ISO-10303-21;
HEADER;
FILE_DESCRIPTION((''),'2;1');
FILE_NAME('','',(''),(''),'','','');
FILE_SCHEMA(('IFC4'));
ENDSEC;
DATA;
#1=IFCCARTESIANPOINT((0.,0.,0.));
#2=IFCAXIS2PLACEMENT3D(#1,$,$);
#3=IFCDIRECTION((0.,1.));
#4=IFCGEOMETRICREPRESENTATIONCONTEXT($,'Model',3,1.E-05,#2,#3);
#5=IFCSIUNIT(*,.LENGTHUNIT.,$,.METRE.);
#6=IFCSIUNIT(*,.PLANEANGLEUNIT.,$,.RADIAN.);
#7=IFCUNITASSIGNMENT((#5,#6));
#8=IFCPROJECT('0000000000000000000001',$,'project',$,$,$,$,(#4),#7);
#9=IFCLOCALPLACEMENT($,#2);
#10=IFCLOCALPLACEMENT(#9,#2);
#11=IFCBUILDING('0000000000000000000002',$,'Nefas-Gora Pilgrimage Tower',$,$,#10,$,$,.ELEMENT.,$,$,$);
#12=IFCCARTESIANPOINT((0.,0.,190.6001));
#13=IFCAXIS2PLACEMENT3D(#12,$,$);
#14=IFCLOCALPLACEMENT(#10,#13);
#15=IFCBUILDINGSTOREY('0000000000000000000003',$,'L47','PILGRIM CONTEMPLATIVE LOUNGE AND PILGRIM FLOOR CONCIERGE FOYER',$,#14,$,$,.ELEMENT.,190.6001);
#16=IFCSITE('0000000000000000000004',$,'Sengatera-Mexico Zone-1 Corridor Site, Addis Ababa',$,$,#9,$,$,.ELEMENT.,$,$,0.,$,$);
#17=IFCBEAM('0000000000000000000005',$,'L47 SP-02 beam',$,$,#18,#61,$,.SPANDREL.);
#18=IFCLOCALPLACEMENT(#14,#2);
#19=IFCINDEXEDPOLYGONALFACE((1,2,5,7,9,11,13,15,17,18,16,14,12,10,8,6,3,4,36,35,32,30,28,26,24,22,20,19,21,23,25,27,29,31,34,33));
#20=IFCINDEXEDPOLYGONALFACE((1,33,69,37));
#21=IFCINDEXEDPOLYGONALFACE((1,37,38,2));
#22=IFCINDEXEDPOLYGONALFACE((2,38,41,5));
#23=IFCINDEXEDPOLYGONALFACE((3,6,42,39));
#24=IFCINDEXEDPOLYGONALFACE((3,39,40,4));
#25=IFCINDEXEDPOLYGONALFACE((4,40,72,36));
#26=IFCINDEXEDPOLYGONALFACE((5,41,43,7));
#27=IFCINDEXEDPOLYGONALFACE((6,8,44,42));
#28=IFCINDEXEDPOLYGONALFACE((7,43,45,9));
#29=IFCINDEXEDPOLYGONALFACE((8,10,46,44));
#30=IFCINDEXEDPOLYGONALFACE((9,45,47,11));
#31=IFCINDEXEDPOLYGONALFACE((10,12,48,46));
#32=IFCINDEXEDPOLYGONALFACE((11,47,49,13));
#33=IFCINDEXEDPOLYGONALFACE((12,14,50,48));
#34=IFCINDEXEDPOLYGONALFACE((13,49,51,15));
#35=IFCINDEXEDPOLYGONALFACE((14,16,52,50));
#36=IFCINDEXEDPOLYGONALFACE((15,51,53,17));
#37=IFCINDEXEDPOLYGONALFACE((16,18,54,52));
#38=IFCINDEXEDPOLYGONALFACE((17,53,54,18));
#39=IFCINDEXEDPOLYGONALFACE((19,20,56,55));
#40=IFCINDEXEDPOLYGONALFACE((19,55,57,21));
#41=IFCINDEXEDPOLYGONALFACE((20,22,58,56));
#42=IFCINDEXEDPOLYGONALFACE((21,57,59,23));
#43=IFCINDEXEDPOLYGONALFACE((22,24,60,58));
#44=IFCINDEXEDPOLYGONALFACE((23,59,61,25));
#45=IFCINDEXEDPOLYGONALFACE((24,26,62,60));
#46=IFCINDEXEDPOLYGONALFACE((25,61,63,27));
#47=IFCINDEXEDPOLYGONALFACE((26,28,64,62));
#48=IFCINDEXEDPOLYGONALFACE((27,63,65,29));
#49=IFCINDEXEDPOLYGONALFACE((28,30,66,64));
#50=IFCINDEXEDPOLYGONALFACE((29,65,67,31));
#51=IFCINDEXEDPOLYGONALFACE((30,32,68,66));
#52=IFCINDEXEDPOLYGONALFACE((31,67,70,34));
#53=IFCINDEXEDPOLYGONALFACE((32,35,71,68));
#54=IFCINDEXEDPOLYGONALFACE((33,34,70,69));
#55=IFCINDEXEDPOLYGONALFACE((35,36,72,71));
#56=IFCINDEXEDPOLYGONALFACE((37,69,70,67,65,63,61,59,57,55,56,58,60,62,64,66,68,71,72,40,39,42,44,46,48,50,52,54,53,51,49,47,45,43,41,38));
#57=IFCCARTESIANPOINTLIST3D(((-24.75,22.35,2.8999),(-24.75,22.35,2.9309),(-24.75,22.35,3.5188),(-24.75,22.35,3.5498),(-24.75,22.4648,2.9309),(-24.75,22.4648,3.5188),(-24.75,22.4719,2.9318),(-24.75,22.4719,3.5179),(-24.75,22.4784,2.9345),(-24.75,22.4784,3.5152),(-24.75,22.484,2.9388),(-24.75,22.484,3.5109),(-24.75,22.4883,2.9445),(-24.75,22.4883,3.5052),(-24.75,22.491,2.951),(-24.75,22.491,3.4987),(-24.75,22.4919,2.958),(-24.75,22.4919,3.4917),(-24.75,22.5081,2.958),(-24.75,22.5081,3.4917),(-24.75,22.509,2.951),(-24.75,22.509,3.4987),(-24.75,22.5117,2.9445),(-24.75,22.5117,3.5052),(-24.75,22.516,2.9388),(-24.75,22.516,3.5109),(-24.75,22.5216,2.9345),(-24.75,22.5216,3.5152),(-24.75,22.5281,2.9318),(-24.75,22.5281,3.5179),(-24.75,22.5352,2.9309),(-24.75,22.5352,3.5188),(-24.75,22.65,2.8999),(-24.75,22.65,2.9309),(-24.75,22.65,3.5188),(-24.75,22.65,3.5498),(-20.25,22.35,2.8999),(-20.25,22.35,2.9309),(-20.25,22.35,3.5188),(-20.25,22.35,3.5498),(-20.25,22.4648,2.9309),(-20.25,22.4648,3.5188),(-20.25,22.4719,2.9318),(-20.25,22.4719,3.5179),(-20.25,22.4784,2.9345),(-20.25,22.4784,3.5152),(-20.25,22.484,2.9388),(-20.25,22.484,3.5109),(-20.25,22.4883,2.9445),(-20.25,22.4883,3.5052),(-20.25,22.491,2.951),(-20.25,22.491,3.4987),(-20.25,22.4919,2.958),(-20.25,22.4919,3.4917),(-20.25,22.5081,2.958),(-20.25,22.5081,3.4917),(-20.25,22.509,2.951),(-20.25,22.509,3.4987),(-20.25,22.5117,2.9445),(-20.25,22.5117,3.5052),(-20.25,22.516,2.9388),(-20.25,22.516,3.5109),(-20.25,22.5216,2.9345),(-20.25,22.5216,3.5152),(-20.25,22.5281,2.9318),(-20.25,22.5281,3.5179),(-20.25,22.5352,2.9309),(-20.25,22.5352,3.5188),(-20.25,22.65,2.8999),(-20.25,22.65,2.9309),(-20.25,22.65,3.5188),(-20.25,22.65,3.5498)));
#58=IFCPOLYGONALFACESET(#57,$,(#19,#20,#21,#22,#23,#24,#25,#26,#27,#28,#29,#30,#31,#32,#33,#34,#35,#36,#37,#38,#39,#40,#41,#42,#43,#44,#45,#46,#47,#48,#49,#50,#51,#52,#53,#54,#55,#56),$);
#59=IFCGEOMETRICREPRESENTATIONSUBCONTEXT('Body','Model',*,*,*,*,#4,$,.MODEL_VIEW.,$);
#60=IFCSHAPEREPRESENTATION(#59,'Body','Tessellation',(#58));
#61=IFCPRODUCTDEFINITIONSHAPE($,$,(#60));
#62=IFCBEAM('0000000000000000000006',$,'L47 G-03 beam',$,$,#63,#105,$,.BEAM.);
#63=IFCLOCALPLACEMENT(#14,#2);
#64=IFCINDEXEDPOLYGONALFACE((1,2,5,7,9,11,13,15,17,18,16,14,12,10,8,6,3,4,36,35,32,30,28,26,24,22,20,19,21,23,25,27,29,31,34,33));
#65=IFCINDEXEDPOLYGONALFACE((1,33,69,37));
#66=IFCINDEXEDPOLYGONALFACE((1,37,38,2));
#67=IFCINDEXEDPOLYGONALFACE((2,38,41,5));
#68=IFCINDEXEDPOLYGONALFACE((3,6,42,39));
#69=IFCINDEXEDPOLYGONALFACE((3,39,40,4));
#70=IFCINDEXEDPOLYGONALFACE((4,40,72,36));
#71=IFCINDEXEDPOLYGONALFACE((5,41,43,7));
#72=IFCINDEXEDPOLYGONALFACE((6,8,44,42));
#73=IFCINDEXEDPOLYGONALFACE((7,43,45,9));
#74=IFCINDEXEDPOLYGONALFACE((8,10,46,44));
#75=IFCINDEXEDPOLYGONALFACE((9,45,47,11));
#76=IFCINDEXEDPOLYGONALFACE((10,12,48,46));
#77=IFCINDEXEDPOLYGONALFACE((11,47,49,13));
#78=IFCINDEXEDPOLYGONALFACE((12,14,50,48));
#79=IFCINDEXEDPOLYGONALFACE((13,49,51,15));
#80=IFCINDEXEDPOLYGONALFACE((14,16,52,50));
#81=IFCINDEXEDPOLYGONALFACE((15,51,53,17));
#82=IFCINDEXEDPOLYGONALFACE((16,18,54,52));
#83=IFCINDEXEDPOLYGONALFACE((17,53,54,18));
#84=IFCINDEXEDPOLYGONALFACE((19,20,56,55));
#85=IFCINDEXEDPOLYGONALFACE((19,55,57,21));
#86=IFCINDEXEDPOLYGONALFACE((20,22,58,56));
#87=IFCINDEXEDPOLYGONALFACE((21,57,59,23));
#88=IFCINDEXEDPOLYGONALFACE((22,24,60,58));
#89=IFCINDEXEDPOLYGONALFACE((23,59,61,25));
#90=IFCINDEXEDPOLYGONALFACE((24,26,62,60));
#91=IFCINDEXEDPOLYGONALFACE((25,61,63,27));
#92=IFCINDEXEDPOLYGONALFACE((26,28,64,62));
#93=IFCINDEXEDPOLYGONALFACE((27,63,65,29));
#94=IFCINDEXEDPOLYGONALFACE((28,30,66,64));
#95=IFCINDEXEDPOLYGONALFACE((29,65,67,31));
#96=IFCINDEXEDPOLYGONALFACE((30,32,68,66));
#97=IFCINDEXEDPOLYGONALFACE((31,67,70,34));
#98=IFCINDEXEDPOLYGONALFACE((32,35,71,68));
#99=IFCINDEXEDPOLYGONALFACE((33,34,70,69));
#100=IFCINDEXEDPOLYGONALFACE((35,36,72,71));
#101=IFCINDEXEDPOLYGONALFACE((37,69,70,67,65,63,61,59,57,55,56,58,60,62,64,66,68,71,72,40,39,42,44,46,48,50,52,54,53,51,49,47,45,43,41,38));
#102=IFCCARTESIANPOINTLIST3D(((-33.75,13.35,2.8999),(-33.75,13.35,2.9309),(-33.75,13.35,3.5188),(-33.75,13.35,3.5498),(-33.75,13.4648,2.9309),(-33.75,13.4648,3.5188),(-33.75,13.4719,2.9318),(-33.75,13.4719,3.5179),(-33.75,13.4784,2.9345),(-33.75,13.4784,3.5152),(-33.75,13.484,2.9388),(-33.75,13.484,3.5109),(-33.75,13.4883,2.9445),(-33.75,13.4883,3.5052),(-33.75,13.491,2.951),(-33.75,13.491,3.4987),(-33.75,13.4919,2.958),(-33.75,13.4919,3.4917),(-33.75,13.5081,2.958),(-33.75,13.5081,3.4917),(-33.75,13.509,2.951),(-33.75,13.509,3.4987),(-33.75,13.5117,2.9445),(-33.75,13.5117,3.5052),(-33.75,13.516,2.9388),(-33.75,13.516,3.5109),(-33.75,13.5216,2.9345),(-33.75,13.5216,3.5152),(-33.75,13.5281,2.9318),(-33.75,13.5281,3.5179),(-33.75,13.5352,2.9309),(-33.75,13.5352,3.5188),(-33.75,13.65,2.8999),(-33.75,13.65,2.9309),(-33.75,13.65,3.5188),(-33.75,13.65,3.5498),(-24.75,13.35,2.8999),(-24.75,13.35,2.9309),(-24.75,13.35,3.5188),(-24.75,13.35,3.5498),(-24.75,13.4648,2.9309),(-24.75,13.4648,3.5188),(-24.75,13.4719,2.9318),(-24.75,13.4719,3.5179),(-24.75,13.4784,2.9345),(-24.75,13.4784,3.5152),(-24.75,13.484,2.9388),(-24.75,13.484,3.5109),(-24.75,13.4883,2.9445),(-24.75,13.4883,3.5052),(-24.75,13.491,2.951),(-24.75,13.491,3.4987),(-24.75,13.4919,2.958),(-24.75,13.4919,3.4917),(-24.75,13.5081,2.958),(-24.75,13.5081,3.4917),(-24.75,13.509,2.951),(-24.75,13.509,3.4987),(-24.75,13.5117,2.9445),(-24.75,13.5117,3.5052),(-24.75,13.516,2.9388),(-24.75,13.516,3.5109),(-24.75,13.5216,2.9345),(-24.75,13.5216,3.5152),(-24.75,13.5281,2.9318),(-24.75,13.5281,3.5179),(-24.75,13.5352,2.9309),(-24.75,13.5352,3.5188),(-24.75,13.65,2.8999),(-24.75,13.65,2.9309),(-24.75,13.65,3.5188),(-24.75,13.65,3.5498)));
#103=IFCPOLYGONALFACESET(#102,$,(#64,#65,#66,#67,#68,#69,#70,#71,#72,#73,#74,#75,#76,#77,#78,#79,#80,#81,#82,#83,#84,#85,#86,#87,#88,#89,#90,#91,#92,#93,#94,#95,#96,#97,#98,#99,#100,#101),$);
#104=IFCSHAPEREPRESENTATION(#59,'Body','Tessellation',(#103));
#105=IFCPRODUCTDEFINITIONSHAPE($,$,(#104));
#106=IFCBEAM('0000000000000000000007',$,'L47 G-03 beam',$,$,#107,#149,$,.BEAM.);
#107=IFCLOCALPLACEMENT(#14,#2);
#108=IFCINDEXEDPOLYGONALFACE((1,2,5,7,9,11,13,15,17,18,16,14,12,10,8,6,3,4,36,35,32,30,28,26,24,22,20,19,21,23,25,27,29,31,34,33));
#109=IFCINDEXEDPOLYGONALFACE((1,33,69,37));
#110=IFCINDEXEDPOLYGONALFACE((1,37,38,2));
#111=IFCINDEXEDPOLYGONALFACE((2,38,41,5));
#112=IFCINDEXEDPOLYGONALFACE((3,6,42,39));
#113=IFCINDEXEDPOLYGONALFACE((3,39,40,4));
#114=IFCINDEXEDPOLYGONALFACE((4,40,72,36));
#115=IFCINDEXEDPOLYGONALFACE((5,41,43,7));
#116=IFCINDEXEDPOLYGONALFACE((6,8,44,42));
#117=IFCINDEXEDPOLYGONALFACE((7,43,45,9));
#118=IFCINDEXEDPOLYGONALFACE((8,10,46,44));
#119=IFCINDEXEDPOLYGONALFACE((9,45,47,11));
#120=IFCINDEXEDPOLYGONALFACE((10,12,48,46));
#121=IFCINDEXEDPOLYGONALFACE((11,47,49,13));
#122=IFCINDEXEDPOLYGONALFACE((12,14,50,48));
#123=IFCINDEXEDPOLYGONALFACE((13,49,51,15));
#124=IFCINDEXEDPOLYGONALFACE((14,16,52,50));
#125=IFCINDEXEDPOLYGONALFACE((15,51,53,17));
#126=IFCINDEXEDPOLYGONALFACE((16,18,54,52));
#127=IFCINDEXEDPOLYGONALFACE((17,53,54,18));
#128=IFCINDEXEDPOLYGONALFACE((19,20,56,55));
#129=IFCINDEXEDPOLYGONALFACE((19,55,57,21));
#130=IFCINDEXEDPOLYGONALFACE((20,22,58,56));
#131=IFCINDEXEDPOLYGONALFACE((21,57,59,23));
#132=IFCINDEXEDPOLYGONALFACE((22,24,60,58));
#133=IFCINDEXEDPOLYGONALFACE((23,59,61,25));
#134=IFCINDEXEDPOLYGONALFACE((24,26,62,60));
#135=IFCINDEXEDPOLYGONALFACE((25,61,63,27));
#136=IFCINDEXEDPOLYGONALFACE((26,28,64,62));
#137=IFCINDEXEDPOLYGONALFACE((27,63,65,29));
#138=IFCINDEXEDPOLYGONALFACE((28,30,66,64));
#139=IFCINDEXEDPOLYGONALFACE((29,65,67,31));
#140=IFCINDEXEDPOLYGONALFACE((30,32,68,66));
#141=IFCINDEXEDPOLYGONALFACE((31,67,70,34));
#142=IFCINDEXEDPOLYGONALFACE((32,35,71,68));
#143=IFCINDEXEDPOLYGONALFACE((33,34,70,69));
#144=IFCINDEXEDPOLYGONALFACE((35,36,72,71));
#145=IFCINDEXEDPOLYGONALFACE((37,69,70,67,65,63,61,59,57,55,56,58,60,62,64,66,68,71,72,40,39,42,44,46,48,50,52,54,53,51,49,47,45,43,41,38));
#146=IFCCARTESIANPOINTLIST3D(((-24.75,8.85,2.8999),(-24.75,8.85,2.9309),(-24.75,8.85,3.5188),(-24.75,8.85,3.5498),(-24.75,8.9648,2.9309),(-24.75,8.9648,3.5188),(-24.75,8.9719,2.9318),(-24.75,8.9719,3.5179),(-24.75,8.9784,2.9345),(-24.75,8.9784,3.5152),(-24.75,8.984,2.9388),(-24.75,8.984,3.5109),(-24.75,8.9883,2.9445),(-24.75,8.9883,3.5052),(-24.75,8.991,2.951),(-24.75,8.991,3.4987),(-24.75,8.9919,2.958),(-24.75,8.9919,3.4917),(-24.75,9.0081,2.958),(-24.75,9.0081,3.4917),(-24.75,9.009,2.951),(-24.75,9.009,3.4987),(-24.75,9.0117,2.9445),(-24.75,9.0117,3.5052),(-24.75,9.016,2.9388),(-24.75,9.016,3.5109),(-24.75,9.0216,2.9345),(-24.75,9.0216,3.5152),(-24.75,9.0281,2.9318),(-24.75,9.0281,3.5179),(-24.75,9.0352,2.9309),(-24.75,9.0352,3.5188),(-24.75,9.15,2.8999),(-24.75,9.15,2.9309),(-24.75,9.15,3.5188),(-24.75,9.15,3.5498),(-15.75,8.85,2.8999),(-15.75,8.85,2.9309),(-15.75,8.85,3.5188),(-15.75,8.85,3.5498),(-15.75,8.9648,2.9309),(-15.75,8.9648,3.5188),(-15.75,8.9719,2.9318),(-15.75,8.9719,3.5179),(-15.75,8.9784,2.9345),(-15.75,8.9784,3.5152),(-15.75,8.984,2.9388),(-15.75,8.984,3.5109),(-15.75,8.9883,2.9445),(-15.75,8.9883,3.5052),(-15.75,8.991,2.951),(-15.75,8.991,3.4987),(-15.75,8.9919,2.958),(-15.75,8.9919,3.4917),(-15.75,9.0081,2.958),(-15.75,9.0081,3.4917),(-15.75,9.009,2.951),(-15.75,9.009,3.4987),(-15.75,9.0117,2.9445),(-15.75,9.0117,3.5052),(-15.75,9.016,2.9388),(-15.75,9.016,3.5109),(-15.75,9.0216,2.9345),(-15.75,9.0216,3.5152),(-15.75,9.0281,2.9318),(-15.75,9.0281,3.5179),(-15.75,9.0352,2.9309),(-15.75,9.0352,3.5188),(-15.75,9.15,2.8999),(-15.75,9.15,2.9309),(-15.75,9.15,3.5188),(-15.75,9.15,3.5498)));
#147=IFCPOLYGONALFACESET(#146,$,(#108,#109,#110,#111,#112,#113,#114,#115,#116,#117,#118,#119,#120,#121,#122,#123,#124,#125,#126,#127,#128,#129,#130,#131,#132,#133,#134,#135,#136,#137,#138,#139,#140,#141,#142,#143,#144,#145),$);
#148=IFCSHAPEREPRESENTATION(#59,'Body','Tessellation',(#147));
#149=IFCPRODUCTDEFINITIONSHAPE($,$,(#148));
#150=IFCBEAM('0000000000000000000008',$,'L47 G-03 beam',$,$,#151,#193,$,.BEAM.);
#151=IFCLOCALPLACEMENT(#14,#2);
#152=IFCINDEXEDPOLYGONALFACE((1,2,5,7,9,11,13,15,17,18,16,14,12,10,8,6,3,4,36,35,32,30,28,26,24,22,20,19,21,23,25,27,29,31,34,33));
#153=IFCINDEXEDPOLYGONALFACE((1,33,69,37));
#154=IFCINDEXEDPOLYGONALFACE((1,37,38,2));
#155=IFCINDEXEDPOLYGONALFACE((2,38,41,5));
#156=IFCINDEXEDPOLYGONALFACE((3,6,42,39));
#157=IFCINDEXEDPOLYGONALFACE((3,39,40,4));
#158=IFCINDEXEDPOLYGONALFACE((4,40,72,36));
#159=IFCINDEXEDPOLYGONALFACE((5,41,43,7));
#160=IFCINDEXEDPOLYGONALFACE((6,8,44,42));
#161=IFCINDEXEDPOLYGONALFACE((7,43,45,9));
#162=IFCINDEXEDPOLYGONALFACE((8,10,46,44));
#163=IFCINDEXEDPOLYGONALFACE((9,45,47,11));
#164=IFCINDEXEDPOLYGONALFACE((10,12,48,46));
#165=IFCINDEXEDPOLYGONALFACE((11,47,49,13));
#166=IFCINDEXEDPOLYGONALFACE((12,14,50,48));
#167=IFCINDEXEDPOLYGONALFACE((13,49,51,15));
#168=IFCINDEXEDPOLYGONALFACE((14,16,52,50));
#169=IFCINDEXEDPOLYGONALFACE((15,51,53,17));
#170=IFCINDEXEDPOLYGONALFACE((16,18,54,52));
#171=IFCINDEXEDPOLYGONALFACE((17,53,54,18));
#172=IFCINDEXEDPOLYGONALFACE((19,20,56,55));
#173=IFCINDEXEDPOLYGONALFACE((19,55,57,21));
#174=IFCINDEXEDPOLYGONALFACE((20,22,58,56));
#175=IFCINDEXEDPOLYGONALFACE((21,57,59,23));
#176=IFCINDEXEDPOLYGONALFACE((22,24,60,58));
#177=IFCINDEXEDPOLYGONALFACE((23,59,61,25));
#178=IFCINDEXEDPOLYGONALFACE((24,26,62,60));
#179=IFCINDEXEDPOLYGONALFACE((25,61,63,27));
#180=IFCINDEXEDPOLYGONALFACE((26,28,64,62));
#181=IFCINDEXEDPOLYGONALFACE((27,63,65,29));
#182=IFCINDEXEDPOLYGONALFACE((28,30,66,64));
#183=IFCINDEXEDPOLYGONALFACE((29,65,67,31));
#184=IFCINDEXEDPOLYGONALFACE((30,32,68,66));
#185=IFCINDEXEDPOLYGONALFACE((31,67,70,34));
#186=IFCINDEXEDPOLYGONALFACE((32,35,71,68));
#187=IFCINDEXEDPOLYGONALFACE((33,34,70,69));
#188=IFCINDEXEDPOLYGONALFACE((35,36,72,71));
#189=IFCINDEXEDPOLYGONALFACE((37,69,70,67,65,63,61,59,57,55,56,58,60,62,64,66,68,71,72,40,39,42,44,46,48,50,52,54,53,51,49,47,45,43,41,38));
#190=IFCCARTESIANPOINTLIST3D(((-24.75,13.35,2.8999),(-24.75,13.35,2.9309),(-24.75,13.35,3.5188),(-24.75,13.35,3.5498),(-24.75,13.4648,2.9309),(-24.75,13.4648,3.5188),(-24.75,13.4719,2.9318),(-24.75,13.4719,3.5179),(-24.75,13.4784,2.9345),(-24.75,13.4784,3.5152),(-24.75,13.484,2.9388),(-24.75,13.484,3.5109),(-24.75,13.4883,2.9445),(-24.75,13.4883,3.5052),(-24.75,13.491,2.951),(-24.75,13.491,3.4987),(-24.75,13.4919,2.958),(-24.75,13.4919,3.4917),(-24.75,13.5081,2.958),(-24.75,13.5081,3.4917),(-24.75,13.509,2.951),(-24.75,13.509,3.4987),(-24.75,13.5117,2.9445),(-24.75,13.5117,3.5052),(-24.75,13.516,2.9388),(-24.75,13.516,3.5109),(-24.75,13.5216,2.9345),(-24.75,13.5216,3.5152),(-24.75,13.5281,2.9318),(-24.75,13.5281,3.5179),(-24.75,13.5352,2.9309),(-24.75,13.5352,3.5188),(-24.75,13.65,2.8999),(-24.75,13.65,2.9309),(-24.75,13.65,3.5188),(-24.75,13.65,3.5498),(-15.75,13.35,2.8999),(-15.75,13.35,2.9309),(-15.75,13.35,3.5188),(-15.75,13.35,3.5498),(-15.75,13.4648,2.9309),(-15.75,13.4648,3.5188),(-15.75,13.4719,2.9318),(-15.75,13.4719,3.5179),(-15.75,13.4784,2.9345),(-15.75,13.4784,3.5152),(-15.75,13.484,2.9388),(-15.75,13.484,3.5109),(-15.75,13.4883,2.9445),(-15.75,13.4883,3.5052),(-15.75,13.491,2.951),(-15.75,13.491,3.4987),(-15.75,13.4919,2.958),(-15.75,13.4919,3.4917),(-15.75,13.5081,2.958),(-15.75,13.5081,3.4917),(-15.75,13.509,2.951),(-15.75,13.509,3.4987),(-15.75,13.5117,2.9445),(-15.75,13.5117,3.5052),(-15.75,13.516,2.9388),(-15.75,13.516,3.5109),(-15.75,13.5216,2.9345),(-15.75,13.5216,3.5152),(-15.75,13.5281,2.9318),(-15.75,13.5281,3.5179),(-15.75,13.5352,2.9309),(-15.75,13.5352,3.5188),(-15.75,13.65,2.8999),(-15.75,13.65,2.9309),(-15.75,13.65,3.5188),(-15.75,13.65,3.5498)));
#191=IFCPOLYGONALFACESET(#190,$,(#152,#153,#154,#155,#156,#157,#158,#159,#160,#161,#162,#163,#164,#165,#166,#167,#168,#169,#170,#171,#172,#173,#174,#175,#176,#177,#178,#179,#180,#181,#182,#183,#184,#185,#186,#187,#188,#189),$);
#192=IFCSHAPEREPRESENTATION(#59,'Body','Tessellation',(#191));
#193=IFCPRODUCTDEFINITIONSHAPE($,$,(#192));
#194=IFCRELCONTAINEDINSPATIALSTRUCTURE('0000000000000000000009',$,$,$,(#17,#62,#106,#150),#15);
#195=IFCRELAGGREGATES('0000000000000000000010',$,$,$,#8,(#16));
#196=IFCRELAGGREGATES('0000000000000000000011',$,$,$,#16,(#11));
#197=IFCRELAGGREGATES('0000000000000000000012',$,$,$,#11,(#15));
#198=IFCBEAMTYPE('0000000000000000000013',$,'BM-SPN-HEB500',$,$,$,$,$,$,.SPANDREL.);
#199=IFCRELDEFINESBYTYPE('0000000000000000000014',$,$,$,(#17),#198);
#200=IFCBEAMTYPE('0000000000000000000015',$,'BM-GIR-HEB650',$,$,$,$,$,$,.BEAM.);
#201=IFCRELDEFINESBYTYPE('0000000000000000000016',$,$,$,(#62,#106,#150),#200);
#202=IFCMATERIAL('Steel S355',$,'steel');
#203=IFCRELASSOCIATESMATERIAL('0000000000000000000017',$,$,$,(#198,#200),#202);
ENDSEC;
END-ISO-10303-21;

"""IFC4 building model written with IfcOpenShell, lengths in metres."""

from ifc_helpers import new_model, si_unit, direction, frame, origin, origin_2d, place, context, subcontext, project, spatial, i_section, extrude, source, transform, mapped, material, material_profile, profile_set, type_object, element, save


model = new_model("IFC4")

# Units and contexts
model_context = context("Model", 3, precision=1e-05, world=origin(), true_north=direction((0.0, 1.0)))
body_context = subcontext(model_context, "Body", "Model", "MODEL_VIEW")
ifc_project = project(units=[si_unit("LENGTHUNIT", "METRE"), si_unit("PLANEANGLEUNIT", "RADIAN")], contexts=[model_context])

# Site, building, storey
site_placement = place(None, origin())
site = spatial("IfcSite", under=ifc_project, at=site_placement, Name="Sengatera-Mexico Zone-1 Corridor Site, Addis Ababa", CompositionType="ELEMENT", RefElevation=0.0)
building_placement = place(site_placement, origin())
building = spatial("IfcBuilding", under=site, at=building_placement, Name="Nefas-Gora Pilgrimage Tower", CompositionType="ELEMENT")
storey_placement = place(building_placement, frame((0.0, 0.0, 190.6001)))
storey = spatial("IfcBuildingStorey", under=building, at=storey_placement, Name="L47", Description="PILGRIM CONTEMPLATIVE LOUNGE AND PILGRIM FLOOR CONCIERGE FOYER", CompositionType="ELEMENT", Elevation=190.6001)

# Beams
ifc_material_1 = material(Name="Steel S355", Category="steel")
ifc_material_profile_1 = material_profile(ifc_material_1, i_section(OverallWidth=0.3, OverallDepth=0.6499, WebThickness=0.0161, FlangeThickness=0.031, FilletRadius=0.0271, at=origin_2d()), Name="HEB 650")
ifc_profile_set_1 = profile_set([ifc_material_profile_1], Name="Steel S355")
beam_type_1 = type_object("IfcBeamType", Name="BM-SPN-HEB500", PredefinedType="SPANDREL", material=ifc_profile_set_1)
shared_shape_1 = source(origin(), body_context, "Body", "SweptSolid", [
    extrude(i_section(OverallWidth=0.3, OverallDepth=0.6499, WebThickness=0.0161, FlangeThickness=0.031, FilletRadius=0.0271, at=origin_2d()), origin(), (0.0, 0.0, 1.0), 4.5),
])
beam_placement = place(storey_placement, frame((-24.75, 22.5, 3.2249), z_axis=(1.0, 0.0, 0.0), x_axis=(0.0, 1.0, 0.0)))
element("IfcBeam", 1, at=beam_placement, inside=storey, type_object=beam_type_1, Name="L47 SP-02 beam", PredefinedType="SPANDREL", context=body_context, shape_type="MappedRepresentation", body=[
    mapped(shared_shape_1, transform((0.0, 0.0, 0.0), x_axis=(1.0, 0.0, 0.0), y_axis=(0.0, 1.0, 0.0), z_axis=(0.0, 0.0, 1.0), scale=1.0)),
])
ifc_material_profile_2 = material_profile(ifc_material_1, i_section(OverallWidth=0.3, OverallDepth=0.6499, WebThickness=0.0161, FlangeThickness=0.031, FilletRadius=0.0271, at=origin_2d()), Name="HEB 650")
ifc_profile_set_2 = profile_set([ifc_material_profile_2], Name="Steel S355")
beam_type_2 = type_object("IfcBeamType", Name="BM-GIR-HEB650", PredefinedType="BEAM", material=ifc_profile_set_2)
shared_shape_2 = source(origin(), body_context, "Body", "SweptSolid", [
    extrude(i_section(OverallWidth=0.3, OverallDepth=0.6499, WebThickness=0.0161, FlangeThickness=0.031, FilletRadius=0.0271, at=origin_2d()), origin(), (0.0, 0.0, 1.0), 9.0),
])
for number, where, z_axis, x_axis, name in (
    (2, (-33.75, 13.5, 3.2249), (1.0, 0.0, 0.0), (0.0, 1.0, 0.0), "L47 G-03 beam"),
    (3, (-24.75, 9.0, 3.2249), (1.0, 0.0, 0.0), (0.0, 1.0, 0.0), "L47 G-03 beam"),
    (4, (-24.75, 13.5, 3.2249), (1.0, 0.0, 0.0), (0.0, 1.0, 0.0), "L47 G-03 beam"),
):
    element("IfcBeam", number, at=place(storey_placement, frame(where, z_axis=z_axis, x_axis=x_axis)), inside=storey, type_object=beam_type_2, Name=name, PredefinedType="BEAM", context=body_context, shape_type="MappedRepresentation", body=[
        mapped(shared_shape_2, transform((0.0, 0.0, 0.0), x_axis=(1.0, 0.0, 0.0), y_axis=(0.0, 1.0, 0.0), z_axis=(0.0, 0.0, 1.0), scale=1.0)),
    ])

save(model, "model.ifc")
